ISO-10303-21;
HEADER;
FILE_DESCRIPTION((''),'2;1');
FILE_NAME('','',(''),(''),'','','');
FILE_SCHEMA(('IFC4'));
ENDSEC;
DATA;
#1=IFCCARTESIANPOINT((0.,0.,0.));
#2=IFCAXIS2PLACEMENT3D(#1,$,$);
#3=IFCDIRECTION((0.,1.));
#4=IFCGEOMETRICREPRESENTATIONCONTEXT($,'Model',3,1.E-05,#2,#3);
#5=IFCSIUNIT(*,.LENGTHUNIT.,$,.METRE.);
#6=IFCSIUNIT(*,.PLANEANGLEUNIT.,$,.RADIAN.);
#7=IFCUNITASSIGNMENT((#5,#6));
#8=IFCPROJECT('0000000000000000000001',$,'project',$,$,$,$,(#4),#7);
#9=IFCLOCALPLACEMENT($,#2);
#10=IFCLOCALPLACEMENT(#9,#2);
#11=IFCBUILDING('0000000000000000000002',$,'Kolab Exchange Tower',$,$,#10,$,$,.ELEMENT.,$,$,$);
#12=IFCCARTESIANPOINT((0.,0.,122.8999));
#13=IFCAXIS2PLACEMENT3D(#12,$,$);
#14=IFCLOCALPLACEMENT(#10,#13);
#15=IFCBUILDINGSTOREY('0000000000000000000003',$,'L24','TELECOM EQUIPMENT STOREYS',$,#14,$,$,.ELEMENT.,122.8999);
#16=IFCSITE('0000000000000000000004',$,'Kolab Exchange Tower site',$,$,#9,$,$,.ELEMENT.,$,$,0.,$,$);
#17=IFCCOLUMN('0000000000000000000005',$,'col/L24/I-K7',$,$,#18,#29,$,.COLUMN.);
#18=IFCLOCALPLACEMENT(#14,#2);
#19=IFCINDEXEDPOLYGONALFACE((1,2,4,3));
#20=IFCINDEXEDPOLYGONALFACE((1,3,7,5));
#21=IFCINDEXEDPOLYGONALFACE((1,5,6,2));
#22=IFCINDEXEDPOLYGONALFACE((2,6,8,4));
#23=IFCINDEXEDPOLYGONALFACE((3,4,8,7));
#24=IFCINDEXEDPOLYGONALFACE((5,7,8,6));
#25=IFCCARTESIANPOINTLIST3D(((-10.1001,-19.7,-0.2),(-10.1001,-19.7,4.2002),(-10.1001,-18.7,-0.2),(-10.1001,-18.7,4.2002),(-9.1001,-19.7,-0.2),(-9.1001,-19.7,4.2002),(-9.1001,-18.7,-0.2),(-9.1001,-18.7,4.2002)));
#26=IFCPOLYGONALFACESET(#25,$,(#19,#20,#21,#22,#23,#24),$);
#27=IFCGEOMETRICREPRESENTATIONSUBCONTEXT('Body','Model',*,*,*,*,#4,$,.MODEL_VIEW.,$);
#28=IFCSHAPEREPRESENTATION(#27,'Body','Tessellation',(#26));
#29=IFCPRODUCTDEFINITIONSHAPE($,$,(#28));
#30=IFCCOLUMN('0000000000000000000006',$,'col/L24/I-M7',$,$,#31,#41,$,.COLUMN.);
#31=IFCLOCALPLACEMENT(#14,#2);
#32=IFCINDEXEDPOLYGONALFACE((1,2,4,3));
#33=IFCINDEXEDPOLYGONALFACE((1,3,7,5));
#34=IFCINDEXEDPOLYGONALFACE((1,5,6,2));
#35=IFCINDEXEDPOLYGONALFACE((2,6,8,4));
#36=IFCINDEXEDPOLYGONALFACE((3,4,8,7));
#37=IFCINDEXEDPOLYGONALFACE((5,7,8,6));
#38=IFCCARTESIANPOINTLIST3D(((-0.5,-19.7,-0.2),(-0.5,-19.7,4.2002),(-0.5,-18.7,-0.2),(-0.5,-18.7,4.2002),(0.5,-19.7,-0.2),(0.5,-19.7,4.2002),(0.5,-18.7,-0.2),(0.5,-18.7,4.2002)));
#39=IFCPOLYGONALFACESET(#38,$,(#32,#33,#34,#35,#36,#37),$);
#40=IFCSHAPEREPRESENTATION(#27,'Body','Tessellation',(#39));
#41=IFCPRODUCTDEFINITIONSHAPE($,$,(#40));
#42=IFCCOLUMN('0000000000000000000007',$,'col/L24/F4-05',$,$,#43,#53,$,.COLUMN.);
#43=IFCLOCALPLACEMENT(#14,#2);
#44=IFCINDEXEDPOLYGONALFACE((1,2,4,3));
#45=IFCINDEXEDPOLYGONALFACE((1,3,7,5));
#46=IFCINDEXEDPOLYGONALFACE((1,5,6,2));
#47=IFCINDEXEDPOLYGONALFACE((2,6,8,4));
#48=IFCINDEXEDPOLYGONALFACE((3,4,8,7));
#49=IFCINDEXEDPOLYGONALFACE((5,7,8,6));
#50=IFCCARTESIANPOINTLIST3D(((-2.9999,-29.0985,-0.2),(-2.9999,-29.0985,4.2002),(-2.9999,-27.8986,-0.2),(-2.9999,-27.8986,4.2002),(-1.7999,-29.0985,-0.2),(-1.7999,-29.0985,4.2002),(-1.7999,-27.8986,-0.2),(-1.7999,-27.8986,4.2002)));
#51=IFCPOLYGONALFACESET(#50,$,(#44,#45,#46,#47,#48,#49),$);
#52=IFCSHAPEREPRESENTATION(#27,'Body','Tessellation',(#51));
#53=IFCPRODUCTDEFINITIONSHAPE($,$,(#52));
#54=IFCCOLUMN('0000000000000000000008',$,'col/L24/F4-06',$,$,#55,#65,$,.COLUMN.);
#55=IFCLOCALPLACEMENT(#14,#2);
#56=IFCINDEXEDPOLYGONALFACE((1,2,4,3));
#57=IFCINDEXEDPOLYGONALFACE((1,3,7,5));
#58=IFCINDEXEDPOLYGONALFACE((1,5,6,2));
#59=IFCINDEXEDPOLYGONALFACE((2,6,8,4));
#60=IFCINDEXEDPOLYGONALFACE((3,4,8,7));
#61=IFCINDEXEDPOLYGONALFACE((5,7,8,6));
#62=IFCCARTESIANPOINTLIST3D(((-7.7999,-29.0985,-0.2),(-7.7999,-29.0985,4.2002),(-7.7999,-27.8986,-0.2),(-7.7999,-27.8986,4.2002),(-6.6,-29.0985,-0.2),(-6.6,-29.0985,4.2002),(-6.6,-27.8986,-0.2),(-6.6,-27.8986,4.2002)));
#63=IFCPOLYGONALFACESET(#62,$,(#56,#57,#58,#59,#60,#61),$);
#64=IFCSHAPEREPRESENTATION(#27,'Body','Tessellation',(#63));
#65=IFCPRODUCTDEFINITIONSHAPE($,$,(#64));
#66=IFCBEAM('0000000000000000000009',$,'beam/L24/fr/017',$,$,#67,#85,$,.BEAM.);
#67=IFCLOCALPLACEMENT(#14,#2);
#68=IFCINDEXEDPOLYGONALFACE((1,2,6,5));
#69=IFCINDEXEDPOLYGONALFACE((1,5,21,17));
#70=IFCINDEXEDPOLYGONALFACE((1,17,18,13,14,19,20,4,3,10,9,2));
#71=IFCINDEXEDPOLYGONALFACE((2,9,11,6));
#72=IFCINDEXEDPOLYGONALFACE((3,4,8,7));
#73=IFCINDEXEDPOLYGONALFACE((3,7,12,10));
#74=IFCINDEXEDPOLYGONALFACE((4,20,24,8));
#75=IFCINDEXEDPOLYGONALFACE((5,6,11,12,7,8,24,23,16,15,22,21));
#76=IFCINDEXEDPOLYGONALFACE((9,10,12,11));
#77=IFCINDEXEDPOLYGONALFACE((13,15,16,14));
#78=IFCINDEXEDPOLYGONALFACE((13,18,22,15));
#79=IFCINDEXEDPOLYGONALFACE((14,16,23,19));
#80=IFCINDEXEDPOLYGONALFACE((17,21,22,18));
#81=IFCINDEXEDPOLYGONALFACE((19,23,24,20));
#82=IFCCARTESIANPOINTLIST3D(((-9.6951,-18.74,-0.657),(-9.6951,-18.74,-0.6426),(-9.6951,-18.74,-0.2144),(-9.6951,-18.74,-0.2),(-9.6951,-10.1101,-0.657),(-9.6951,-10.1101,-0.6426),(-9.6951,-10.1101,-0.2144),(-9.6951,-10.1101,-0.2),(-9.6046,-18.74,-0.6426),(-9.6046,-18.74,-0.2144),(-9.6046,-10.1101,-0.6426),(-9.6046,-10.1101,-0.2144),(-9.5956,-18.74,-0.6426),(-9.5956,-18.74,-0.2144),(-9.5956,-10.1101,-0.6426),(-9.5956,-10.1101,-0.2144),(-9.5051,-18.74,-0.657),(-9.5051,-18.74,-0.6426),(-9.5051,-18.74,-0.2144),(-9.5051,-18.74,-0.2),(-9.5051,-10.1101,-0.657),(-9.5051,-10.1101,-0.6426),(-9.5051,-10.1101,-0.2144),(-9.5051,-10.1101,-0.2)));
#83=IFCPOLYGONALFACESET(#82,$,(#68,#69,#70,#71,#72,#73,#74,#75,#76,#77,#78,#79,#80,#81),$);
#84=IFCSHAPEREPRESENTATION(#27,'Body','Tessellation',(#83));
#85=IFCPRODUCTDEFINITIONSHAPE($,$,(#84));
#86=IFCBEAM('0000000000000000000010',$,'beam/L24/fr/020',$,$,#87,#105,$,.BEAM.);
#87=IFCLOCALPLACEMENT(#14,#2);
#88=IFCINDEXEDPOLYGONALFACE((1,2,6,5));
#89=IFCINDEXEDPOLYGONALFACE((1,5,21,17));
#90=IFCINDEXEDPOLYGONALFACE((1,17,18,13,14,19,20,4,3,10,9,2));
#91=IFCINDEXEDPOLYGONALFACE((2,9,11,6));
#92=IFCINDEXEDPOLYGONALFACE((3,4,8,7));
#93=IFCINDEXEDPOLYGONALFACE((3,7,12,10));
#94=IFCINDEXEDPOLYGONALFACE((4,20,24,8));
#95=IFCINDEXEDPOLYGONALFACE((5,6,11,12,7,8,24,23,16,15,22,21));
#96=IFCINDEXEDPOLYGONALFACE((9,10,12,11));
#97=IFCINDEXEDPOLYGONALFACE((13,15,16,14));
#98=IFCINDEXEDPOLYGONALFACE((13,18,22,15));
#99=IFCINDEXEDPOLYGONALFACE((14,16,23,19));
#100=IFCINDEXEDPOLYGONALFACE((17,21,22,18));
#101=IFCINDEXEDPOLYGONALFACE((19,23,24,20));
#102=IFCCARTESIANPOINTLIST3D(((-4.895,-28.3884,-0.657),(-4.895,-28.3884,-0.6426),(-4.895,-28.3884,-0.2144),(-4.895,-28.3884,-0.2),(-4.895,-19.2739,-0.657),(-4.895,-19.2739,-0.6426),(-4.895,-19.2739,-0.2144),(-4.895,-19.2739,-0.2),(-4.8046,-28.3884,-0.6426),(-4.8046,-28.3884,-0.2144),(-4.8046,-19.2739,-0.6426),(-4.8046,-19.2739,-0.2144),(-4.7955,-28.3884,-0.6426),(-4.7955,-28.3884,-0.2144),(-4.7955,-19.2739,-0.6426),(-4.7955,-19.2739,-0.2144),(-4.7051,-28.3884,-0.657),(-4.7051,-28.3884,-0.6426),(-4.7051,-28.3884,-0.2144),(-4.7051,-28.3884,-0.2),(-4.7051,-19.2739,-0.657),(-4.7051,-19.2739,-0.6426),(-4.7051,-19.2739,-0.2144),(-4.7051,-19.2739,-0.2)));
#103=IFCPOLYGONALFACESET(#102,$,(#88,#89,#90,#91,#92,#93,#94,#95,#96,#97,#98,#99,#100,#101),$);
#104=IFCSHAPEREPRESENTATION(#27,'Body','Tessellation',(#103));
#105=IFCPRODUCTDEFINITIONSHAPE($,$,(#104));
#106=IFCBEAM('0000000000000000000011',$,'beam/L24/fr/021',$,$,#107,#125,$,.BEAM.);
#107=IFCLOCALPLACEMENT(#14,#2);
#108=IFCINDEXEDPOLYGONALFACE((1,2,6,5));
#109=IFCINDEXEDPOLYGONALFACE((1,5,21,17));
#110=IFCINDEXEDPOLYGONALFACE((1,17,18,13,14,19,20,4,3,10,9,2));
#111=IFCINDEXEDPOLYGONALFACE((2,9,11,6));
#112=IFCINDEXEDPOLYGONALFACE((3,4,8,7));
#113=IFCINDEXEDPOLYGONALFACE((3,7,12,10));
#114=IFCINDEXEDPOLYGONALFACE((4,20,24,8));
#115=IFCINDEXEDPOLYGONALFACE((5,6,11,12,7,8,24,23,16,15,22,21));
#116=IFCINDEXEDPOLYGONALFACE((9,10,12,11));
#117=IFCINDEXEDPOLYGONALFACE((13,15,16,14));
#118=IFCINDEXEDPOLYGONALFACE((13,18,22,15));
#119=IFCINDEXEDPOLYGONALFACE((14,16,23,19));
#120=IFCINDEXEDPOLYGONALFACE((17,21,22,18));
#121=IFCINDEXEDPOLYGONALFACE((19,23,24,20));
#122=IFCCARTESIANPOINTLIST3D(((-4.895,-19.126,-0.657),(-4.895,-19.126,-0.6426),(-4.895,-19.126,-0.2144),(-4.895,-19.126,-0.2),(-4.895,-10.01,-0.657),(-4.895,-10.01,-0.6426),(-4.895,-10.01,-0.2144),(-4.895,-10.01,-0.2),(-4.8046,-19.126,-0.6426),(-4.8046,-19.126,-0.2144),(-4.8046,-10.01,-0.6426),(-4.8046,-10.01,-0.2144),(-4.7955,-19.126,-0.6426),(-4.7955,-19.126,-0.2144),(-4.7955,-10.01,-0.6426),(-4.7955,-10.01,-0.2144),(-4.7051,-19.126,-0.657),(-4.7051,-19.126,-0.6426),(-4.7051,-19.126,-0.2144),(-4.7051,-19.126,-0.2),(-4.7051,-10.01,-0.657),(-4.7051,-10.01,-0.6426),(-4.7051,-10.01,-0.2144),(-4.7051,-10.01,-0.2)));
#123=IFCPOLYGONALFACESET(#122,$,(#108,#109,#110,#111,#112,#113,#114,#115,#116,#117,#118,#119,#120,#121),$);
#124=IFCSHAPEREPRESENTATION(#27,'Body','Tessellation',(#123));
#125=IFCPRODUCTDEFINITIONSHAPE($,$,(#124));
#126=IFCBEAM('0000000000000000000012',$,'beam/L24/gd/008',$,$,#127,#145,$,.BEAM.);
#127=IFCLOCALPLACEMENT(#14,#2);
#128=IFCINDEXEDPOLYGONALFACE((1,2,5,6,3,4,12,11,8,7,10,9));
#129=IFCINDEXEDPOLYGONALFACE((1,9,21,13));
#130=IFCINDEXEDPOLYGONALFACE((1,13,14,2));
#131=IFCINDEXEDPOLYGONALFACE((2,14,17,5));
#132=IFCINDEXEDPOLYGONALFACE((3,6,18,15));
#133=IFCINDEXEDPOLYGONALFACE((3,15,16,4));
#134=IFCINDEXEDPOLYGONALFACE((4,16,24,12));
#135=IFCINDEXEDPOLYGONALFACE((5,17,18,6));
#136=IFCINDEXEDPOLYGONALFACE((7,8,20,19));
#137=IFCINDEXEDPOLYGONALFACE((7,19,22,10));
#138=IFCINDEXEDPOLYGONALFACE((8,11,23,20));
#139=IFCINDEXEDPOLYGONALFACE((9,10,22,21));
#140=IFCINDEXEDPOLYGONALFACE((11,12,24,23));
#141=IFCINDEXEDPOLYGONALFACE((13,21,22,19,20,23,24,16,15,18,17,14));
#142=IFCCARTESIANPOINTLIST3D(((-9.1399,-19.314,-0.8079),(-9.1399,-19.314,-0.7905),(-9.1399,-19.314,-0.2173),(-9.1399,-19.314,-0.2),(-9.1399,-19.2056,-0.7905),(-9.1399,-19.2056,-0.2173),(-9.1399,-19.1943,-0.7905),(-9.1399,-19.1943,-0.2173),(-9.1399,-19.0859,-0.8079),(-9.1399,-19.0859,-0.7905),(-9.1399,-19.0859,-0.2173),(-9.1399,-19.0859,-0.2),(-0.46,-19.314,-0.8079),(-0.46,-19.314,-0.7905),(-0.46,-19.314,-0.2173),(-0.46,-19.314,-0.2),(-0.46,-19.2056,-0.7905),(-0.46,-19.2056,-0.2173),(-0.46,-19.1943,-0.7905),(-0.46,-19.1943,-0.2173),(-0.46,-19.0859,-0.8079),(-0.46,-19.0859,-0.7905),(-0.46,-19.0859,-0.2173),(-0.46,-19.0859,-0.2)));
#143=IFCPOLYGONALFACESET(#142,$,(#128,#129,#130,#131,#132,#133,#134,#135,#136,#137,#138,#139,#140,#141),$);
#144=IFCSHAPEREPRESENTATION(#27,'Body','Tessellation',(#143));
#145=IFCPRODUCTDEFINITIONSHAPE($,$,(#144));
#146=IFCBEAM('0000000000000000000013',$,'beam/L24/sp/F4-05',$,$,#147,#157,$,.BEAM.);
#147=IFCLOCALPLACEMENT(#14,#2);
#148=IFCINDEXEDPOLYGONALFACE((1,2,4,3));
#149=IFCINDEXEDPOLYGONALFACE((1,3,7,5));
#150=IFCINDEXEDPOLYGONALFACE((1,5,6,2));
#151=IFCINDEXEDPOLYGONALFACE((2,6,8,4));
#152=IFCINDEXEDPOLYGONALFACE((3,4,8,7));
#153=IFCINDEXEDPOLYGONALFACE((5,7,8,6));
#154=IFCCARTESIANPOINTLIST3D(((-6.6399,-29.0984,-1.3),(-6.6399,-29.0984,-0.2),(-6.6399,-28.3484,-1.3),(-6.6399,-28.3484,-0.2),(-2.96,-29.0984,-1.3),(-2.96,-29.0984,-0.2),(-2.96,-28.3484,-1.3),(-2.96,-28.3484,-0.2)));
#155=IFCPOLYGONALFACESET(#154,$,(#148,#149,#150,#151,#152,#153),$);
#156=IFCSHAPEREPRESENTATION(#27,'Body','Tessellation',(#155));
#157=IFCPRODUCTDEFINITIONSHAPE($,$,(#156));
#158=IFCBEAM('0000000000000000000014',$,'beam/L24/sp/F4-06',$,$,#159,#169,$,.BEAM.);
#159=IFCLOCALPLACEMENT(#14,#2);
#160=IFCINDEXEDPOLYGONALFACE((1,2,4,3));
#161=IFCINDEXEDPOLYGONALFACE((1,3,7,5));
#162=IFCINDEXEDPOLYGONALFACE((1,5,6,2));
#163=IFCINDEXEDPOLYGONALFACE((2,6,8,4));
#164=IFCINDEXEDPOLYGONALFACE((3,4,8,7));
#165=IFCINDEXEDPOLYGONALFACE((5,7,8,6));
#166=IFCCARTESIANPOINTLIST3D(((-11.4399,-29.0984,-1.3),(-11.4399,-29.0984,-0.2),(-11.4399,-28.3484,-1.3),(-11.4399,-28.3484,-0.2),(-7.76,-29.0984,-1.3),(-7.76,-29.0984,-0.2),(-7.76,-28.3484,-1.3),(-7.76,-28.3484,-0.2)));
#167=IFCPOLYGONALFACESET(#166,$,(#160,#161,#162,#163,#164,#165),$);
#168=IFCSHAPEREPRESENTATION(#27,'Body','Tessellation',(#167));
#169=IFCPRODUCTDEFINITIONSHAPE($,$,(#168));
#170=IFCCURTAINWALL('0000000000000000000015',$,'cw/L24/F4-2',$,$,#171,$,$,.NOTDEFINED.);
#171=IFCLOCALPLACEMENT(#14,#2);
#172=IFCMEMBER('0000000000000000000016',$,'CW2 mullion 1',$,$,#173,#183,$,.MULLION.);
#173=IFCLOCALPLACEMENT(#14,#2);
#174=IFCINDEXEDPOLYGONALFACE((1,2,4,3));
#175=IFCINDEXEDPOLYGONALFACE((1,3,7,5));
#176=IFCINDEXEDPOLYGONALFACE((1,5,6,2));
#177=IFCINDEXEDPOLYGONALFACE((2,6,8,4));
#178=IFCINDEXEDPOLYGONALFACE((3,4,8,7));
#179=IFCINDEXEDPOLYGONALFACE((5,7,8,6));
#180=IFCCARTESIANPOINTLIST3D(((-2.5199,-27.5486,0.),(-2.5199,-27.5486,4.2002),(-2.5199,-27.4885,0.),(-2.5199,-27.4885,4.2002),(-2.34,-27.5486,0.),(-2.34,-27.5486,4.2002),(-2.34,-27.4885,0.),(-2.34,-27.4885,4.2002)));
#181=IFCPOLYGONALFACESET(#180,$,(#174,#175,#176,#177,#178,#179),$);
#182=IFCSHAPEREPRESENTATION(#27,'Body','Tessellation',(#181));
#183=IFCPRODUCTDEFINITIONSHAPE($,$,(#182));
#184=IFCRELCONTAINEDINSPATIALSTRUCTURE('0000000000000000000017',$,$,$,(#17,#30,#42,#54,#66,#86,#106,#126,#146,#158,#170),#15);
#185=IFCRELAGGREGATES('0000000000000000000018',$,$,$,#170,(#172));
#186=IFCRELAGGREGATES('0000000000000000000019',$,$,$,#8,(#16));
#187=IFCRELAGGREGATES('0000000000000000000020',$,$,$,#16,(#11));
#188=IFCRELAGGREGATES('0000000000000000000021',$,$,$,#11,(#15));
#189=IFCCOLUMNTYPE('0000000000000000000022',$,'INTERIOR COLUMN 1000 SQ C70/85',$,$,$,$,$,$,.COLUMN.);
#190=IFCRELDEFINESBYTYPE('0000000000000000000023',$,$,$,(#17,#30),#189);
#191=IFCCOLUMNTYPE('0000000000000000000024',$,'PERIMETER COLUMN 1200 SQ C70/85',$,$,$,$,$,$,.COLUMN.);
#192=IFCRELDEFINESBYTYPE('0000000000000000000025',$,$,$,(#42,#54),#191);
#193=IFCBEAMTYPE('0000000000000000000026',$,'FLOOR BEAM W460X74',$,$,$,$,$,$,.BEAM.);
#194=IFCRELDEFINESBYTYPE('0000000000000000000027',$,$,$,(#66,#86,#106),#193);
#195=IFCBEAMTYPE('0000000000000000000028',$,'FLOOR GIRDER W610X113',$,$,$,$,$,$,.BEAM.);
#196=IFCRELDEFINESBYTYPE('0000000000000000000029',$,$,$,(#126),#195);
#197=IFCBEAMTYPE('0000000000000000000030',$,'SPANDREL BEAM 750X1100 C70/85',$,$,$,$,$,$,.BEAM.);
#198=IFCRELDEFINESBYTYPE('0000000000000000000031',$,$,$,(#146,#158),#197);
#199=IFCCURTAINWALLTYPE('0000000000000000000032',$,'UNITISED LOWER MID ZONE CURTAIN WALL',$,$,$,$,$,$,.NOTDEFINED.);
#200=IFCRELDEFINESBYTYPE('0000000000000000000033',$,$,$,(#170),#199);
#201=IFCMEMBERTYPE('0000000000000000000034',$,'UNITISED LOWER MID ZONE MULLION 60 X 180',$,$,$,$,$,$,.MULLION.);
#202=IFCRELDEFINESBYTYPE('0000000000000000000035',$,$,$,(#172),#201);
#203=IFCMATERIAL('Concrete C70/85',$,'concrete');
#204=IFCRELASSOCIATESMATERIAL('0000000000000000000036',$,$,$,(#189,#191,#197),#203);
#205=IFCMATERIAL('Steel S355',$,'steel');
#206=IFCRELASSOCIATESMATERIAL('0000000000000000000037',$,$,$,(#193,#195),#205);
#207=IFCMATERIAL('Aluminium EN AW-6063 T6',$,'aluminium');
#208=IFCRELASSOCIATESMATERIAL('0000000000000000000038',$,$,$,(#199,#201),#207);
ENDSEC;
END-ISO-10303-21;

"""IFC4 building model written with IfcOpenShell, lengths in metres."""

from ifc_helpers import new_model, si_unit, direction, frame, origin, origin_2d, place, context, subcontext, project, spatial, rectangle, i_section, extrude, material, material_profile, profile_set, type_object, element, aggregate, save


model = new_model("IFC4")

# Units and contexts
model_context = context("Model", 3, precision=1e-05, world=origin(), true_north=direction((0.0, 1.0)))
body_context = subcontext(model_context, "Body", "Model", "MODEL_VIEW")
ifc_project = project(units=[si_unit("LENGTHUNIT", "METRE"), si_unit("PLANEANGLEUNIT", "RADIAN")], contexts=[model_context])

# Site, building, storey
site_placement = place(None, origin())
site = spatial("IfcSite", under=ifc_project, at=site_placement, Name="Kolab Exchange Tower site", CompositionType="ELEMENT", RefElevation=0.0)
building_placement = place(site_placement, origin())
building = spatial("IfcBuilding", under=site, at=building_placement, Name="Kolab Exchange Tower", CompositionType="ELEMENT")
storey_placement = place(building_placement, frame((0.0, 0.0, 122.8999)))
storey = spatial("IfcBuildingStorey", under=building, at=storey_placement, Name="L24", Description="TELECOM EQUIPMENT STOREYS", CompositionType="ELEMENT", Elevation=122.8999)

# Columns
ifc_material_1 = material(Name="Concrete C70/85", Category="concrete")
ifc_material_profile_1 = material_profile(ifc_material_1, rectangle(XDim=1.0, YDim=1.0, at=origin_2d()), Name="RC1000")
ifc_profile_set_1 = profile_set([ifc_material_profile_1], Name="Concrete C70/85")
column_type_1 = type_object("IfcColumnType", Name="INTERIOR COLUMN 1000 SQ C70/85", PredefinedType="COLUMN", material=ifc_profile_set_1)
for number, where, z_axis, x_axis, name in (
    (1, (-9.6001, -19.2, -0.2), (0.0, 0.0, 1.0), (1.0, 0.0, 0.0), "col/L24/I-K7"),
    (2, (0.0, -19.2, -0.2), (0.0, 0.0, 1.0), (1.0, 0.0, 0.0), "col/L24/I-M7"),
):
    element("IfcColumn", number, at=place(storey_placement, frame(where, z_axis=z_axis, x_axis=x_axis)), inside=storey, type_object=column_type_1, Name=name, PredefinedType="COLUMN", context=body_context, shape_type="SweptSolid", body=[
        extrude(rectangle(XDim=1.0, YDim=1.0, at=origin_2d()), origin(), (0.0, 0.0, 1.0), 4.4001),
    ])
ifc_material_profile_2 = material_profile(ifc_material_1, rectangle(XDim=1.2, YDim=1.2, at=origin_2d()), Name="RC1200")
ifc_profile_set_2 = profile_set([ifc_material_profile_2], Name="Concrete C70/85")
column_type_2 = type_object("IfcColumnType", Name="PERIMETER COLUMN 1200 SQ C70/85", PredefinedType="COLUMN", material=ifc_profile_set_2)
for number, where, z_axis, x_axis, name in (
    (3, (-2.3999, -28.4985, -0.2), (0.0, 0.0, 1.0), (1.0, 0.0, 0.0), "col/L24/F4-05"),
    (4, (-7.2, -28.4985, -0.2), (0.0, 0.0, 1.0), (1.0, 0.0, 0.0), "col/L24/F4-06"),
):
    element("IfcColumn", number, at=place(storey_placement, frame(where, z_axis=z_axis, x_axis=x_axis)), inside=storey, type_object=column_type_2, Name=name, PredefinedType="COLUMN", context=body_context, shape_type="SweptSolid", body=[
        extrude(rectangle(XDim=1.2, YDim=1.2, at=origin_2d()), origin(), (0.0, 0.0, 1.0), 4.4001),
    ])

# Beams
ifc_material_2 = material(Name="Steel S355", Category="steel")
ifc_material_profile_3 = material_profile(ifc_material_2, i_section(OverallWidth=0.1899, OverallDepth=0.457, WebThickness=0.009, FlangeThickness=0.0144, at=origin_2d()), Name="W460X74")
ifc_profile_set_3 = profile_set([ifc_material_profile_3], Name="Steel S355")
beam_type_1 = type_object("IfcBeamType", Name="FLOOR BEAM W460X74", PredefinedType="BEAM", material=ifc_profile_set_3)
beam_1_placement = place(storey_placement, frame((-9.6001, -18.74, -0.4285), z_axis=(0.0, 1.0, 0.0), x_axis=(-1.0, 0.0, 0.0)))
element("IfcBeam", 5, at=beam_1_placement, inside=storey, type_object=beam_type_1, Name="beam/L24/fr/017", PredefinedType="BEAM", context=body_context, shape_type="SweptSolid", body=[
    extrude(i_section(OverallWidth=0.1899, OverallDepth=0.457, WebThickness=0.009, FlangeThickness=0.0144, at=origin_2d()), origin(), (0.0, 0.0, 1.0), 8.6299),
])
beam_2_placement = place(storey_placement, frame((-4.8, -28.3884, -0.4285), z_axis=(0.0, 1.0, 0.0), x_axis=(-1.0, 0.0, 0.0)))
element("IfcBeam", 6, at=beam_2_placement, inside=storey, type_object=beam_type_1, Name="beam/L24/fr/020", PredefinedType="BEAM", context=body_context, shape_type="SweptSolid", body=[
    extrude(i_section(OverallWidth=0.1899, OverallDepth=0.457, WebThickness=0.009, FlangeThickness=0.0144, at=origin_2d()), origin(), (0.0, 0.0, 1.0), 9.1145),
])
beam_3_placement = place(storey_placement, frame((-4.8, -19.126, -0.4285), z_axis=(0.0, 1.0, 0.0), x_axis=(-1.0, 0.0, 0.0)))
element("IfcBeam", 7, at=beam_3_placement, inside=storey, type_object=beam_type_1, Name="beam/L24/fr/021", PredefinedType="BEAM", context=body_context, shape_type="SweptSolid", body=[
    extrude(i_section(OverallWidth=0.1899, OverallDepth=0.457, WebThickness=0.009, FlangeThickness=0.0144, at=origin_2d()), origin(), (0.0, 0.0, 1.0), 9.116),
])
ifc_material_profile_4 = material_profile(ifc_material_2, i_section(OverallWidth=0.228, OverallDepth=0.6079, WebThickness=0.0112, FlangeThickness=0.0173, at=origin_2d()), Name="W610X113")
ifc_profile_set_4 = profile_set([ifc_material_profile_4], Name="Steel S355")
beam_type_2 = type_object("IfcBeamType", Name="FLOOR GIRDER W610X113", PredefinedType="BEAM", material=ifc_profile_set_4)
beam_4_placement = place(storey_placement, frame((-9.1399, -19.2, -0.5039), z_axis=(1.0, 0.0, 0.0), x_axis=(0.0, 1.0, 0.0)))
element("IfcBeam", 8, at=beam_4_placement, inside=storey, type_object=beam_type_2, Name="beam/L24/gd/008", PredefinedType="BEAM", context=body_context, shape_type="SweptSolid", body=[
    extrude(i_section(OverallWidth=0.228, OverallDepth=0.6079, WebThickness=0.0112, FlangeThickness=0.0173, at=origin_2d()), origin(), (0.0, 0.0, 1.0), 8.6799),
])
ifc_material_profile_5 = material_profile(ifc_material_1, rectangle(XDim=0.75, YDim=1.1001, at=origin_2d()), Name="RC750X1100")
ifc_profile_set_5 = profile_set([ifc_material_profile_5], Name="Concrete C70/85")
beam_type_3 = type_object("IfcBeamType", Name="SPANDREL BEAM 750X1100 C70/85", PredefinedType="BEAM", material=ifc_profile_set_5)
for number, where, z_axis, x_axis, name in (
    (9, (-2.96, -28.7234, -0.75), (-1.0, 0.0, 0.0), (0.0, -1.0, 0.0), "beam/L24/sp/F4-05"),
    (10, (-7.76, -28.7234, -0.75), (-1.0, 0.0, 0.0), (0.0, -1.0, 0.0), "beam/L24/sp/F4-06"),
):
    element("IfcBeam", number, at=place(storey_placement, frame(where, z_axis=z_axis, x_axis=x_axis)), inside=storey, type_object=beam_type_3, Name=name, PredefinedType="BEAM", context=body_context, shape_type="SweptSolid", body=[
        extrude(rectangle(XDim=0.75, YDim=1.1001, at=origin_2d()), origin(), (0.0, 0.0, 1.0), 3.6799),
    ])

# Curtain wall, member
ifc_material_3 = material(Name="Aluminium EN AW-6063 T6", Category="aluminium")
curtain_wall_type = type_object("IfcCurtainWallType", Name="UNITISED LOWER MID ZONE CURTAIN WALL", PredefinedType="NOTDEFINED", material=ifc_material_3)
curtain_wall_placement = place(storey_placement, origin())
curtain_wall = element("IfcCurtainWall", 11, at=curtain_wall_placement, inside=storey, type_object=curtain_wall_type, Name="cw/L24/F4-2", PredefinedType="NOTDEFINED")
ifc_material_profile_6 = material_profile(ifc_material_3, rectangle(XDim=0.0601, YDim=0.1799, at=origin_2d()), Name="RECT 60X180")
ifc_profile_set_6 = profile_set([ifc_material_profile_6], Name="Aluminium EN AW-6063 T6")
member_type_1 = type_object("IfcMemberType", Name="UNITISED LOWER MID ZONE MULLION 60 X 180", PredefinedType="MULLION", material=ifc_profile_set_6)
member_1_placement = place(storey_placement, frame((-2.4299, -27.5186, 0.0), z_axis=(0.0, 0.0, 1.0), x_axis=(0.0, -1.0, 0.0)))
member_1 = element("IfcMember", 12, at=member_1_placement, type_object=member_type_1, Name="CW2 mullion 1", PredefinedType="MULLION", context=body_context, shape_type="SweptSolid", body=[
    extrude(rectangle(XDim=0.0601, YDim=0.1799, at=origin_2d()), origin(), (0.0, 0.0, 1.0), 4.2002),
])
aggregate(curtain_wall, [member_1])

save(model, "model.ifc")
